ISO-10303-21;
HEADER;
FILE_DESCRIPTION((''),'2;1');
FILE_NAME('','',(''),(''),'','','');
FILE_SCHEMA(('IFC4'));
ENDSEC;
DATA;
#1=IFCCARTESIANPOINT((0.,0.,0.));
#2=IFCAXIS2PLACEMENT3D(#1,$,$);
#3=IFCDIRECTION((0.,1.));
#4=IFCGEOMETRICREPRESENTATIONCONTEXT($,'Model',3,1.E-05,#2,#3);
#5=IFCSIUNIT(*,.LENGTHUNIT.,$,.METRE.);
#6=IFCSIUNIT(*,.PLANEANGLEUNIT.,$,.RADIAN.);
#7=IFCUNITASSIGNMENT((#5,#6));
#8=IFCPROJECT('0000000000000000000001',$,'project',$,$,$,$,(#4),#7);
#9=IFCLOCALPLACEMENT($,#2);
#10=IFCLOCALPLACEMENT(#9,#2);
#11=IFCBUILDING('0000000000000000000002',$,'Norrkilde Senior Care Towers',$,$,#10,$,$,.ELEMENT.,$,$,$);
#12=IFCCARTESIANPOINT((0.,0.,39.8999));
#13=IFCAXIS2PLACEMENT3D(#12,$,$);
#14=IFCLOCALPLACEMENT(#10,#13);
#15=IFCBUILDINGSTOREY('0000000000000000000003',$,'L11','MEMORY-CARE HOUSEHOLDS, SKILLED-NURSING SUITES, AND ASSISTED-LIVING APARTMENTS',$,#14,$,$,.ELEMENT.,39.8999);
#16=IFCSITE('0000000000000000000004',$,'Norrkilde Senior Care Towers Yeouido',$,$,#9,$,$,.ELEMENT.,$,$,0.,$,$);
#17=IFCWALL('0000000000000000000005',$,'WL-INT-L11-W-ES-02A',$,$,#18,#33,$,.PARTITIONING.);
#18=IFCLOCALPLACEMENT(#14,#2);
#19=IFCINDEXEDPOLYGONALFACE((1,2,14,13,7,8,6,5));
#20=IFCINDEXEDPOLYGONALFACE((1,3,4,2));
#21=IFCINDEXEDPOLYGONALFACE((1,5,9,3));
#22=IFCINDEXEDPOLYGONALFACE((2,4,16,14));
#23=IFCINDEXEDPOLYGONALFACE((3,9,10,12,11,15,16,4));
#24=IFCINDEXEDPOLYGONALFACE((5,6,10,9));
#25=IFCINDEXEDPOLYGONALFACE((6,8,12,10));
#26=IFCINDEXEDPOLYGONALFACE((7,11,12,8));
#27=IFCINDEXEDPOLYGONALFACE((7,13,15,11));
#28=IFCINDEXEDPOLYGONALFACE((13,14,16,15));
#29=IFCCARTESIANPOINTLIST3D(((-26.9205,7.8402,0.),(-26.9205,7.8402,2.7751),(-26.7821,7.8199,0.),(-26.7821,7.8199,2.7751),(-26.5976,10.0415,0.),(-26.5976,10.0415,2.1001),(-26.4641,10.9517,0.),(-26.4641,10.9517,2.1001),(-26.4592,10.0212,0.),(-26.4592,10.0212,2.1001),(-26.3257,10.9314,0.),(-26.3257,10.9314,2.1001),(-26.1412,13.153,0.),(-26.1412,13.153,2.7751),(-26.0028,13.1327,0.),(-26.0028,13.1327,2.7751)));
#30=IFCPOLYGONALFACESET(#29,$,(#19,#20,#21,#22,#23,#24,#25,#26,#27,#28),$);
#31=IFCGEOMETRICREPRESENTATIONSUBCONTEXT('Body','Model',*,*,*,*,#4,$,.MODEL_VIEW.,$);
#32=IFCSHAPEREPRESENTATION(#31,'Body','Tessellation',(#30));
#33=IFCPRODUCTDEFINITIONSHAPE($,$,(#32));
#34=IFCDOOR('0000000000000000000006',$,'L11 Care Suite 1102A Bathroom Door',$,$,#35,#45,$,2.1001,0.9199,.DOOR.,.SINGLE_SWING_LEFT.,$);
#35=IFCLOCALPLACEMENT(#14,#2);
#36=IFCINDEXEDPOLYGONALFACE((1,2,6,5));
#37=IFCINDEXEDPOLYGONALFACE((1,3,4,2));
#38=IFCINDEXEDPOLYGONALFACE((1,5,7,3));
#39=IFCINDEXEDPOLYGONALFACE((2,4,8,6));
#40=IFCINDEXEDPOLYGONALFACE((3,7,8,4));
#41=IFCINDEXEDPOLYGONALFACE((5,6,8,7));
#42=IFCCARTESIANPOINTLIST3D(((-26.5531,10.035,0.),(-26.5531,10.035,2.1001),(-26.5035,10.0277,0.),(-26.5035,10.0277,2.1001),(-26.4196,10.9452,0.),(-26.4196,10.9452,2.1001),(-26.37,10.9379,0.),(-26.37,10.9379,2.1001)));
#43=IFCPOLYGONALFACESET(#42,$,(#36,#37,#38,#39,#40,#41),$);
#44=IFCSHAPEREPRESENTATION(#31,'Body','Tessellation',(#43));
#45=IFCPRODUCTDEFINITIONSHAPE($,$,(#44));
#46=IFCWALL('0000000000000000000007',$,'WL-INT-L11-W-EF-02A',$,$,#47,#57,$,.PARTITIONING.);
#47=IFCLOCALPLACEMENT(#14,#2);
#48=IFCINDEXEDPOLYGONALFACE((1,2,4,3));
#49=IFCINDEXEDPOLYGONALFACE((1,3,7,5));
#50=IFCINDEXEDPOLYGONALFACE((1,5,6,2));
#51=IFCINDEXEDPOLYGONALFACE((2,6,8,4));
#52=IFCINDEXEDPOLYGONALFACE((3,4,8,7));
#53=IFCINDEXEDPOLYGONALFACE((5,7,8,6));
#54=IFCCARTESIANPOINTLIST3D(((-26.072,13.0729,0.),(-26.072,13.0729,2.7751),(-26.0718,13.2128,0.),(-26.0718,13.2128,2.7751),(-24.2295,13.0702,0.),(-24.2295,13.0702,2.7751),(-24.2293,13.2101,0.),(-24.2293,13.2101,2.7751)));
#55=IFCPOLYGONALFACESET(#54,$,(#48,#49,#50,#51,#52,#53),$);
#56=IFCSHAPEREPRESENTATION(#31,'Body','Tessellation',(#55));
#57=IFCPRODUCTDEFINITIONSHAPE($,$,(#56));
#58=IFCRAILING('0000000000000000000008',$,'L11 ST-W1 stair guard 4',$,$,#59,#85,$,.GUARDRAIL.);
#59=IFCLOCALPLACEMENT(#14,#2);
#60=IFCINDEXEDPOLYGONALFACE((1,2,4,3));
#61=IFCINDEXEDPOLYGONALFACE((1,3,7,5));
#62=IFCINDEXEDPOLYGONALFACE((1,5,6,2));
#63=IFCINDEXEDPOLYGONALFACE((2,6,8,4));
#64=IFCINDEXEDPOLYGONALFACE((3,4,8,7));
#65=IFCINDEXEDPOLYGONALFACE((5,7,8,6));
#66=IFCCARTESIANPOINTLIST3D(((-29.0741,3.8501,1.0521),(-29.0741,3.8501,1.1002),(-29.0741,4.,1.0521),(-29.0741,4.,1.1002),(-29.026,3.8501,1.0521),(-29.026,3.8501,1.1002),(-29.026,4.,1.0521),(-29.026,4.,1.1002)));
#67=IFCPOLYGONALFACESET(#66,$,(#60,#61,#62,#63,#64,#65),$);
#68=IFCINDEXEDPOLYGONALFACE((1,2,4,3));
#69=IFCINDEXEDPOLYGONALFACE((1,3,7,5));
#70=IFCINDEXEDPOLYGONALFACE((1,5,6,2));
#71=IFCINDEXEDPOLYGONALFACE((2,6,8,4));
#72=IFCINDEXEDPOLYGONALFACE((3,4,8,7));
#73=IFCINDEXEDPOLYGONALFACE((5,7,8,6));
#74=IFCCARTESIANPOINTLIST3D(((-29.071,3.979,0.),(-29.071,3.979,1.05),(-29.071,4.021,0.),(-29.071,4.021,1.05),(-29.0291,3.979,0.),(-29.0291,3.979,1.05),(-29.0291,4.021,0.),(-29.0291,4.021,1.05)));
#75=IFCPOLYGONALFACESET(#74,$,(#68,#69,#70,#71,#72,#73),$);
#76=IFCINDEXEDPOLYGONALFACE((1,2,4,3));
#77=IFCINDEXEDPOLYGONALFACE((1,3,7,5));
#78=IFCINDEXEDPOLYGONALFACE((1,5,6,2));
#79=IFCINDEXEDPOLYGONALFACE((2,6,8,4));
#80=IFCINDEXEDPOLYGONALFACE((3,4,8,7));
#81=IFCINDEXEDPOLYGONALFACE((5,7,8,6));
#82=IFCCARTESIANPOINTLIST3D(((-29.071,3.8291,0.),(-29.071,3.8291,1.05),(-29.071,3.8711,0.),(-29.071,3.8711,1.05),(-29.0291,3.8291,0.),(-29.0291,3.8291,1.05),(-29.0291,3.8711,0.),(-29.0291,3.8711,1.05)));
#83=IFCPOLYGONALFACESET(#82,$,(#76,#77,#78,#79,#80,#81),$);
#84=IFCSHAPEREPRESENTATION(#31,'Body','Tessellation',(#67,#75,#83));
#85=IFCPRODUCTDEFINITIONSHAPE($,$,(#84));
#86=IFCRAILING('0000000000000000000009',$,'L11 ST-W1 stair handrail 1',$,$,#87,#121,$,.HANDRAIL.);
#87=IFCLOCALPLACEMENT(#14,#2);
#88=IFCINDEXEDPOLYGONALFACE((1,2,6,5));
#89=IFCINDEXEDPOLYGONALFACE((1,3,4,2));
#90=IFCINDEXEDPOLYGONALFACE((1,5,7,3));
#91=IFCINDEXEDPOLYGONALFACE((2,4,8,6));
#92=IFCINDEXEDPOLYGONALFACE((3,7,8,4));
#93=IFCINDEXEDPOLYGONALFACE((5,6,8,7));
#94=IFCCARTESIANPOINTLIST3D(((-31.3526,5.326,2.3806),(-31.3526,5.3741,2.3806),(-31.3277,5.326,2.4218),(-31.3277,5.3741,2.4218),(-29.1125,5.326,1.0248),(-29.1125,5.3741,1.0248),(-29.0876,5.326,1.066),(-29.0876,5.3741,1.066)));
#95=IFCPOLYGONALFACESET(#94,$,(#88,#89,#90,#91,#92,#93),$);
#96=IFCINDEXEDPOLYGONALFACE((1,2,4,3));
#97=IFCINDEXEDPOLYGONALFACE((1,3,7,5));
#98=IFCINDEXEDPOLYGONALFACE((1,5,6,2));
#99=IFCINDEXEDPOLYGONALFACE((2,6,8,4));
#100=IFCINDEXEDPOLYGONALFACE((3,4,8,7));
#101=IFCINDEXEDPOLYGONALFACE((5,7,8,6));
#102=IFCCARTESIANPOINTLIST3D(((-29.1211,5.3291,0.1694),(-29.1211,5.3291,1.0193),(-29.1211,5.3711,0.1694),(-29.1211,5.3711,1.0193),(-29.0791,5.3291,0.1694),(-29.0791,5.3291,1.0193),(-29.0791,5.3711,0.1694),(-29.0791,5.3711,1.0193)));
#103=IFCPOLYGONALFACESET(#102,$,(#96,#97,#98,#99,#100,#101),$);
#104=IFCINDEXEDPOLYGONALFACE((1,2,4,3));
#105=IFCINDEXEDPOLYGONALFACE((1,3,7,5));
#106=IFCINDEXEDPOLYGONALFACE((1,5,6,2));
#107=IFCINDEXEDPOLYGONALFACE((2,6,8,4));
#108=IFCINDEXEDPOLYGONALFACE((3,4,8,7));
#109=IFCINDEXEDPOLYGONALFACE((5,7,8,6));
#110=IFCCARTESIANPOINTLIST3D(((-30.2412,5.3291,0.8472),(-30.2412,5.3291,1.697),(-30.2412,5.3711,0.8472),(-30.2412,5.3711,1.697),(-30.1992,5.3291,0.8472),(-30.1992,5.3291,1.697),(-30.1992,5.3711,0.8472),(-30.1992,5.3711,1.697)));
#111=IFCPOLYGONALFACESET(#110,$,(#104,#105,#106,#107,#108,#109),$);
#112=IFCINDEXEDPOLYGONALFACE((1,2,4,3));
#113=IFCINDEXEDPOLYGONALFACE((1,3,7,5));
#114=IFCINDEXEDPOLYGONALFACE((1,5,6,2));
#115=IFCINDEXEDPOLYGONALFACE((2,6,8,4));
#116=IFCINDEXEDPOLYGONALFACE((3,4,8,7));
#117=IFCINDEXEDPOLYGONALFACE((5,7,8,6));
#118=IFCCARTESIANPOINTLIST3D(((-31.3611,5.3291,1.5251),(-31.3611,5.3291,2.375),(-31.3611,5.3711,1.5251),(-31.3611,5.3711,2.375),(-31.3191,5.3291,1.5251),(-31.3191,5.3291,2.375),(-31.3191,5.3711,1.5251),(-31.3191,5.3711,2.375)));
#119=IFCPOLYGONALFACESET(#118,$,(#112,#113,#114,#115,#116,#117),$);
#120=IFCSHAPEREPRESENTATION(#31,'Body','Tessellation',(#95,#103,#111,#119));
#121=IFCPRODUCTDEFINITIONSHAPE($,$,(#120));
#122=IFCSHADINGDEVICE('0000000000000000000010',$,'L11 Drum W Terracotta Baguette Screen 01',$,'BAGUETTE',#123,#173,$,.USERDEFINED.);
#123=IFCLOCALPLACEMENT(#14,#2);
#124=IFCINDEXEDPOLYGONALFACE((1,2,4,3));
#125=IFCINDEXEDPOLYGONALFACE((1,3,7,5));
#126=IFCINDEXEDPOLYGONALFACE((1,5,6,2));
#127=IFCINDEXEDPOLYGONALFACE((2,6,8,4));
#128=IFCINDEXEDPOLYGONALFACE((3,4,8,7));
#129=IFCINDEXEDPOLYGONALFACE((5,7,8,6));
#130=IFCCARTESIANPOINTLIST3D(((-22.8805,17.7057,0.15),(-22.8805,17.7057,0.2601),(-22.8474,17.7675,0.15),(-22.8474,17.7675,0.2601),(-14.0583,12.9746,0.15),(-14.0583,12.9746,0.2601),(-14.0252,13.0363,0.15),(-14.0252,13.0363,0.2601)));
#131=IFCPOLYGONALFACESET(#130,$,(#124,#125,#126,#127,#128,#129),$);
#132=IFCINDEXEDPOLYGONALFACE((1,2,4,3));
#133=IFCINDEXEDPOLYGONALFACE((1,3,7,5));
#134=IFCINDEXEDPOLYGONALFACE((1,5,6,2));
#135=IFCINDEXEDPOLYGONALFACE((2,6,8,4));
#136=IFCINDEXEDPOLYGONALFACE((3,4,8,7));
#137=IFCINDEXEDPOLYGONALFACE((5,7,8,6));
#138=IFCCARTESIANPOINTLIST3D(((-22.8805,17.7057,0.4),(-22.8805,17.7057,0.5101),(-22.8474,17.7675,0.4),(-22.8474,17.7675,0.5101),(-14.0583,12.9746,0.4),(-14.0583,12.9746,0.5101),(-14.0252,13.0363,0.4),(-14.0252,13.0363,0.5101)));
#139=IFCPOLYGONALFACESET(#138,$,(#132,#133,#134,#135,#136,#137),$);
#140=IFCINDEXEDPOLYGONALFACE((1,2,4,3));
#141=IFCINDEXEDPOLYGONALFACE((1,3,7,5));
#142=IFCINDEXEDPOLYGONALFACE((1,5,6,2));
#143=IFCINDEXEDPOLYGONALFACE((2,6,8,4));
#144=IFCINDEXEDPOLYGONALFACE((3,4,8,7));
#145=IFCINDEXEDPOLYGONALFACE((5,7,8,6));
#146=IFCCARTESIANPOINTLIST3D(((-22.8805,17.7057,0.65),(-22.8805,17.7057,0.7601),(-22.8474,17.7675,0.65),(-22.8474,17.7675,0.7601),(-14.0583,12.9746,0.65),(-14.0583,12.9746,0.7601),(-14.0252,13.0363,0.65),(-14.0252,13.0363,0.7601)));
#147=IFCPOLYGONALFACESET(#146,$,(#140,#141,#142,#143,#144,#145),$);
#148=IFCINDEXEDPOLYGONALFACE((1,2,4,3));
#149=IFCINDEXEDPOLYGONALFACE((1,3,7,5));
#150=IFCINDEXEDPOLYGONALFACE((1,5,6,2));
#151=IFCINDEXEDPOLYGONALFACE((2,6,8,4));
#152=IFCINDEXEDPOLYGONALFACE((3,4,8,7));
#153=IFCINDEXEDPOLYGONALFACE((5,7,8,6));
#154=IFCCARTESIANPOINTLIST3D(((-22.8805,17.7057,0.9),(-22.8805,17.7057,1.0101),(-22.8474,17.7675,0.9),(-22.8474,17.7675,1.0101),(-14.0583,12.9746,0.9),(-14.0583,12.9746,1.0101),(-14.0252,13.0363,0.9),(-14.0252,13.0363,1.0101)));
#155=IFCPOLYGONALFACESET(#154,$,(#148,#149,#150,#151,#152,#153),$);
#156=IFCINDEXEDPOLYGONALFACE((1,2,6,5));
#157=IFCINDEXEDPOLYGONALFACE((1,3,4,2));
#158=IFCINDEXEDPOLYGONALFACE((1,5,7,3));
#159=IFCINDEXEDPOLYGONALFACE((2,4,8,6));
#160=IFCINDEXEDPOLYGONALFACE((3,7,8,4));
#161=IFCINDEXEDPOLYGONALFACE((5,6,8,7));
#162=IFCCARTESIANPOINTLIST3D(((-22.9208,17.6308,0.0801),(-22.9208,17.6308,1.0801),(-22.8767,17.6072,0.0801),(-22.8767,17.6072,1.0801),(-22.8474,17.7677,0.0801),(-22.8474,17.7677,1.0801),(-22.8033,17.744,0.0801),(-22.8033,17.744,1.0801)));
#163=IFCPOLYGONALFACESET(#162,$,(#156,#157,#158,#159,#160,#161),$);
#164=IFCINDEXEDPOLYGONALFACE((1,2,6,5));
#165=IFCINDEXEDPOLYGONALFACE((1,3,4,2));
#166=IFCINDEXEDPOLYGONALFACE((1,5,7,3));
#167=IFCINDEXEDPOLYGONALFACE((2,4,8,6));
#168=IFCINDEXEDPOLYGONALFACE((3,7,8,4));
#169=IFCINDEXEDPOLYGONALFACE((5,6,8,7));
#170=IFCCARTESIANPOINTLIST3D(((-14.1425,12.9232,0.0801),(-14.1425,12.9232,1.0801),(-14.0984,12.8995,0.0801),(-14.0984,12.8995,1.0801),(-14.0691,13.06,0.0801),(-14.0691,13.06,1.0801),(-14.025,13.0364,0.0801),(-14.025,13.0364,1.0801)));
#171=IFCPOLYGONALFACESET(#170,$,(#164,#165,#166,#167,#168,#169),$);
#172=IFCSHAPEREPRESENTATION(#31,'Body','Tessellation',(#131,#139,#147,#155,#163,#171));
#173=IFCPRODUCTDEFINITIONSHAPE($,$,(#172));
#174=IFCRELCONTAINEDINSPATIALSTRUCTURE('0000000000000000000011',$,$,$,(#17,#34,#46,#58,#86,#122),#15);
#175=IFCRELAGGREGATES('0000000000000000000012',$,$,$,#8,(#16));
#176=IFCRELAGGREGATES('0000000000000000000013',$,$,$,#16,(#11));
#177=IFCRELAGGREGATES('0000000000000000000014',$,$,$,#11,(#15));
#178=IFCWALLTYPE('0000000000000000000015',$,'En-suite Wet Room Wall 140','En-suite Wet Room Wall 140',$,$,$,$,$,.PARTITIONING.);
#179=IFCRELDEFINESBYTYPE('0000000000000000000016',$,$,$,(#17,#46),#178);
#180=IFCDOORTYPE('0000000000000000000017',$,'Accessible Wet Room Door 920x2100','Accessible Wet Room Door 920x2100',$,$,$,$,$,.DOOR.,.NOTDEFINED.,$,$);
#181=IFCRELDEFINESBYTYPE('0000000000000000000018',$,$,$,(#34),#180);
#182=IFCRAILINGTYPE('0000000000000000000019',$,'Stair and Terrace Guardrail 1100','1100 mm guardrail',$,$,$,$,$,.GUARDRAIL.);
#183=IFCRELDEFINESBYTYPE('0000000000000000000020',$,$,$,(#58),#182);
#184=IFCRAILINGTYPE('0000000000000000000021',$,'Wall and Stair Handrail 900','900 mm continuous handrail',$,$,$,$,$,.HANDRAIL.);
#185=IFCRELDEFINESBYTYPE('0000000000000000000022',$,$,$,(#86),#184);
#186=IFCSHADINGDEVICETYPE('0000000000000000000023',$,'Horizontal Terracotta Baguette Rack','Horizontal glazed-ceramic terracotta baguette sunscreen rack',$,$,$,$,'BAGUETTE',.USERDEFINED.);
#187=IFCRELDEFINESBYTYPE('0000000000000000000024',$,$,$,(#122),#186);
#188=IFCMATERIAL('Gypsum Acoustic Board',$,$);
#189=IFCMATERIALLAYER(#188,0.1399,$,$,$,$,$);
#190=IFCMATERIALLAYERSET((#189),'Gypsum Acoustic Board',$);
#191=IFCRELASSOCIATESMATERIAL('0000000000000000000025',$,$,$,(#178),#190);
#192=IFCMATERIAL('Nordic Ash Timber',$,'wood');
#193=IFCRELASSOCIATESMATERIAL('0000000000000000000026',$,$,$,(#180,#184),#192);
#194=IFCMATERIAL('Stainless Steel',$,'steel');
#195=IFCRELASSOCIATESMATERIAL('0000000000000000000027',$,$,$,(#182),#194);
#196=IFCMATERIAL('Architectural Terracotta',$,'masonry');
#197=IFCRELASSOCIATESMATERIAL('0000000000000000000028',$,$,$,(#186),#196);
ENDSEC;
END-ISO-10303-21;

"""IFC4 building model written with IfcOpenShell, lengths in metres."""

from ifc_helpers import new_model, si_unit, direction, frame, frame_2d, origin, origin_2d, place, context, subcontext, project, spatial, rectangle, extrude, source, transform, mapped, material, layer, layer_set, type_object, type_shapes, element, fill, save


model = new_model("IFC4")

# Units and contexts
model_context = context("Model", 3, precision=1e-05, world=origin(), true_north=direction((0.0, 1.0)))
body_context = subcontext(model_context, "Body", "Model", "MODEL_VIEW")
ifc_project = project(units=[si_unit("LENGTHUNIT", "METRE"), si_unit("PLANEANGLEUNIT", "RADIAN")], contexts=[model_context])

# Site, building, storey
site_placement = place(None, origin())
site = spatial("IfcSite", under=ifc_project, at=site_placement, Name="Norrkilde Senior Care Towers Yeouido", CompositionType="ELEMENT", RefElevation=0.0)
building_placement = place(site_placement, origin())
building = spatial("IfcBuilding", under=site, at=building_placement, Name="Norrkilde Senior Care Towers", CompositionType="ELEMENT")
storey_placement = place(building_placement, frame((0.0, 0.0, 39.8999)))
storey = spatial("IfcBuildingStorey", under=building, at=storey_placement, Name="L11", Description="MEMORY-CARE HOUSEHOLDS, SKILLED-NURSING SUITES, AND ASSISTED-LIVING APARTMENTS", CompositionType="ELEMENT", Elevation=39.8999)

# Shared definitions
ifc_material_1 = material(Name="Stainless Steel", Category="steel")

# Shared definitions
ifc_material_2 = material(Name="Gypsum Acoustic Board")

# Shared definitions
ifc_layer_1 = layer(ifc_material_2, 0.1399)
ifc_layer_set_1 = layer_set([ifc_layer_1], Name="Gypsum Acoustic Board")
wall_type_1 = type_object("IfcWallType", Name="En-suite Wet Room Wall 140", Description="En-suite Wet Room Wall 140", PredefinedType="PARTITIONING", material=ifc_layer_set_1)
ifc_material_3 = material(Name="Nordic Ash Timber", Category="wood")
door_type_1 = type_object("IfcDoorType", Name="Accessible Wet Room Door 920x2100", Description="Accessible Wet Room Door 920x2100", OperationType="NOTDEFINED", PredefinedType="DOOR", material=ifc_material_3)
shared_shape_1 = source(origin(), body_context, "Body", "SweptSolid", [
    extrude(rectangle(XDim=0.9199, YDim=2.1001, at=frame_2d((0.46, 1.05))), frame((0.0, 0.0249, 0.0), z_axis=(0.0, -1.0, 0.0), x_axis=(1.0, 0.0, 0.0)), (0.0, 0.0, 1.0), 0.05),
])
type_shapes(door_type_1, [shared_shape_1])

# Wall, opening, door
shared_shape_2 = source(origin(), body_context, "Body", "SweptSolid", [
    extrude(rectangle(XDim=5.3696, YDim=0.1399, at=frame_2d((2.6848, 0.0))), origin(), (0.0, 0.0, 1.0), 2.7751),
])
wall_1_placement = place(storey_placement, frame((-26.8513, 7.8301, 0.0), z_axis=(0.0, 0.0, 1.0), x_axis=(0.145131, 0.989412, 0.0)))
wall_1 = element("IfcWall", 1, at=wall_1_placement, inside=storey, type_object=wall_type_1, Name="WL-INT-L11-W-ES-02A", PredefinedType="PARTITIONING", context=body_context, shape_type="MappedRepresentation", body=[
    mapped(shared_shape_2, transform((0.0, 0.0, 0.0), x_axis=(1.0, 0.0, 0.0), y_axis=(0.0, 1.0, 0.0), z_axis=(0.0, 0.0, 1.0), scale=1.0)),
])
opening_1_placement = place(wall_1_placement, frame((2.2249, 0.0, 0.0)))
opening_1 = element("IfcOpeningElement", 2, at=opening_1_placement, cuts=wall_1, PredefinedType="OPENING", context=body_context, shape_type="SweptSolid", body=[
    extrude(rectangle(XDim=0.9199, YDim=2.1001, at=frame_2d((0.46, 1.05))), frame((0.0, 0.0798, 0.0), z_axis=(0.0, -1.0, 0.0), x_axis=(1.0, 0.0, 0.0)), (0.0, 0.0, 1.0), 0.1599),
])
door_1_placement = place(opening_1_placement, origin())
door_1 = element("IfcDoor", 3, at=door_1_placement, inside=storey, type_object=door_type_1, Name="L11 Care Suite 1102A Bathroom Door", OperationType="SINGLE_SWING_LEFT", OverallHeight=2.1001, OverallWidth=0.9199, PredefinedType="DOOR", context=body_context, shape_type="MappedRepresentation", body=[
    mapped(shared_shape_1, transform((0.0, 0.0, 0.0), x_axis=(1.0, 0.0, 0.0), y_axis=(0.0, 1.0, 0.0), z_axis=(0.0, 0.0, 1.0), scale=1.0)),
])
fill(opening_1, door_1)

# Wall
shared_shape_3 = source(origin(), body_context, "Body", "SweptSolid", [
    extrude(rectangle(XDim=1.8425, YDim=0.1399, at=frame_2d((0.9214, 0.0))), origin(), (0.0, 0.0, 1.0), 2.7751),
])
wall_2_placement = place(storey_placement, frame((-26.072, 13.1428, 0.0), z_axis=(0.0, 0.0, 1.0), x_axis=(0.999999, -0.001458, 0.0)))
element("IfcWall", 4, at=wall_2_placement, inside=storey, type_object=wall_type_1, Name="WL-INT-L11-W-EF-02A", PredefinedType="PARTITIONING", context=body_context, shape_type="MappedRepresentation", body=[
    mapped(shared_shape_3, transform((0.0, 0.0, 0.0), x_axis=(1.0, 0.0, 0.0), y_axis=(0.0, 1.0, 0.0), z_axis=(0.0, 0.0, 1.0), scale=1.0)),
])

# Railings
railing_type_1 = type_object("IfcRailingType", Name="Stair and Terrace Guardrail 1100", Description="1100 mm guardrail", PredefinedType="GUARDRAIL", material=ifc_material_1)
railing_1_placement = place(storey_placement, frame((-29.05, 4.0, 0.0)))
element("IfcRailing", 5, at=railing_1_placement, inside=storey, type_object=railing_type_1, Name="L11 ST-W1 stair guard 4", PredefinedType="GUARDRAIL", context=body_context, shape_type="SweptSolid", body=[
    extrude(rectangle(XDim=0.0481, YDim=0.0481, at=origin_2d()), frame((0.0, 0.0, 1.0762), z_axis=(0.0, -1.0, 0.0), x_axis=(1.0, 0.0, 0.0)), (0.0, 0.0, 1.0), 0.1499),
    extrude(rectangle(XDim=0.042, YDim=0.042, at=origin_2d()), origin(), (0.0, 0.0, 1.0), 1.05),
    extrude(rectangle(XDim=0.042, YDim=0.042, at=origin_2d()), frame((0.0, -0.1499, 0.0)), (0.0, 0.0, 1.0), 1.05),
])
railing_type_2 = type_object("IfcRailingType", Name="Wall and Stair Handrail 900", Description="900 mm continuous handrail", PredefinedType="HANDRAIL", material=ifc_material_3)
railing_2_placement = place(storey_placement, frame((-29.1001, 5.3501, 0.1694)))
element("IfcRailing", 6, at=railing_2_placement, inside=storey, type_object=railing_type_2, Name="L11 ST-W1 stair handrail 1", PredefinedType="HANDRAIL", context=body_context, shape_type="SweptSolid", body=[
    extrude(rectangle(XDim=0.0481, YDim=0.0481, at=origin_2d()), frame((0.0, 0.0, 0.876), z_axis=(-0.855512, 0.0, 0.517783), x_axis=(0.0, -1.0, 0.0)), (0.0, 0.0, 1.0), 2.6184),
    extrude(rectangle(XDim=0.042, YDim=0.042, at=origin_2d()), origin(), (0.0, 0.0, 1.0), 0.8499),
    extrude(rectangle(XDim=0.042, YDim=0.042, at=origin_2d()), frame((-1.1201, 0.0, 0.6777)), (0.0, 0.0, 1.0), 0.8499),
    extrude(rectangle(XDim=0.042, YDim=0.042, at=origin_2d()), frame((-2.24, 0.0, 1.3557)), (0.0, 0.0, 1.0), 0.8499),
])

# Shading device
ifc_material_4 = material(Name="Architectural Terracotta", Category="masonry")
shading_device_type = type_object("IfcShadingDeviceType", Name="Horizontal Terracotta Baguette Rack", Description="Horizontal glazed-ceramic terracotta baguette sunscreen rack", ElementType="BAGUETTE", PredefinedType="USERDEFINED", material=ifc_material_4)
shared_shape_4 = source(origin(), body_context, "Body", "SweptSolid", [
    extrude(rectangle(XDim=0.0701, YDim=0.1101, at=origin_2d()), frame((0.0, 0.0901, 0.125), z_axis=(1.0, 0.0, 0.0), x_axis=(0.0, 1.0, 0.0)), (0.0, 0.0, 1.0), 10.0107),
    extrude(rectangle(XDim=0.0701, YDim=0.1101, at=origin_2d()), frame((0.0, 0.0901, 0.375), z_axis=(1.0, 0.0, 0.0), x_axis=(0.0, 1.0, 0.0)), (0.0, 0.0, 1.0), 10.0107),
    extrude(rectangle(XDim=0.0701, YDim=0.1101, at=origin_2d()), frame((0.0, 0.0901, 0.625), z_axis=(1.0, 0.0, 0.0), x_axis=(0.0, 1.0, 0.0)), (0.0, 0.0, 1.0), 10.0107),
    extrude(rectangle(XDim=0.0701, YDim=0.1101, at=origin_2d()), frame((0.0, 0.0901, 0.875), z_axis=(1.0, 0.0, 0.0), x_axis=(0.0, 1.0, 0.0)), (0.0, 0.0, 1.0), 10.0107),
    extrude(rectangle(XDim=0.05, YDim=0.1553, at=origin_2d()), frame((0.0249, 0.0476, 0.0)), (0.0, 0.0, 1.0), 1.0),
    extrude(rectangle(XDim=0.05, YDim=0.1553, at=origin_2d()), frame((9.9858, 0.0476, 0.0)), (0.0, 0.0, 1.0), 1.0),
])
type_shapes(shading_device_type, [shared_shape_4])
shading_device_placement = place(storey_placement, frame((-22.9065, 17.6572, 0.0801), z_axis=(0.0, 0.0, 1.0), x_axis=(0.88128, -0.472612, 0.0)))
element("IfcShadingDevice", 7, at=shading_device_placement, inside=storey, type_object=shading_device_type, Name="L11 Drum W Terracotta Baguette Screen 01", ObjectType="BAGUETTE", PredefinedType="USERDEFINED", context=body_context, shape_type="MappedRepresentation", body=[
    mapped(shared_shape_4, transform((0.0, 0.0, 0.0), x_axis=(1.0, 0.0, 0.0), y_axis=(0.0, 1.0, 0.0), z_axis=(0.0, 0.0, 1.0), scale=1.0)),
])

save(model, "model.ifc")
